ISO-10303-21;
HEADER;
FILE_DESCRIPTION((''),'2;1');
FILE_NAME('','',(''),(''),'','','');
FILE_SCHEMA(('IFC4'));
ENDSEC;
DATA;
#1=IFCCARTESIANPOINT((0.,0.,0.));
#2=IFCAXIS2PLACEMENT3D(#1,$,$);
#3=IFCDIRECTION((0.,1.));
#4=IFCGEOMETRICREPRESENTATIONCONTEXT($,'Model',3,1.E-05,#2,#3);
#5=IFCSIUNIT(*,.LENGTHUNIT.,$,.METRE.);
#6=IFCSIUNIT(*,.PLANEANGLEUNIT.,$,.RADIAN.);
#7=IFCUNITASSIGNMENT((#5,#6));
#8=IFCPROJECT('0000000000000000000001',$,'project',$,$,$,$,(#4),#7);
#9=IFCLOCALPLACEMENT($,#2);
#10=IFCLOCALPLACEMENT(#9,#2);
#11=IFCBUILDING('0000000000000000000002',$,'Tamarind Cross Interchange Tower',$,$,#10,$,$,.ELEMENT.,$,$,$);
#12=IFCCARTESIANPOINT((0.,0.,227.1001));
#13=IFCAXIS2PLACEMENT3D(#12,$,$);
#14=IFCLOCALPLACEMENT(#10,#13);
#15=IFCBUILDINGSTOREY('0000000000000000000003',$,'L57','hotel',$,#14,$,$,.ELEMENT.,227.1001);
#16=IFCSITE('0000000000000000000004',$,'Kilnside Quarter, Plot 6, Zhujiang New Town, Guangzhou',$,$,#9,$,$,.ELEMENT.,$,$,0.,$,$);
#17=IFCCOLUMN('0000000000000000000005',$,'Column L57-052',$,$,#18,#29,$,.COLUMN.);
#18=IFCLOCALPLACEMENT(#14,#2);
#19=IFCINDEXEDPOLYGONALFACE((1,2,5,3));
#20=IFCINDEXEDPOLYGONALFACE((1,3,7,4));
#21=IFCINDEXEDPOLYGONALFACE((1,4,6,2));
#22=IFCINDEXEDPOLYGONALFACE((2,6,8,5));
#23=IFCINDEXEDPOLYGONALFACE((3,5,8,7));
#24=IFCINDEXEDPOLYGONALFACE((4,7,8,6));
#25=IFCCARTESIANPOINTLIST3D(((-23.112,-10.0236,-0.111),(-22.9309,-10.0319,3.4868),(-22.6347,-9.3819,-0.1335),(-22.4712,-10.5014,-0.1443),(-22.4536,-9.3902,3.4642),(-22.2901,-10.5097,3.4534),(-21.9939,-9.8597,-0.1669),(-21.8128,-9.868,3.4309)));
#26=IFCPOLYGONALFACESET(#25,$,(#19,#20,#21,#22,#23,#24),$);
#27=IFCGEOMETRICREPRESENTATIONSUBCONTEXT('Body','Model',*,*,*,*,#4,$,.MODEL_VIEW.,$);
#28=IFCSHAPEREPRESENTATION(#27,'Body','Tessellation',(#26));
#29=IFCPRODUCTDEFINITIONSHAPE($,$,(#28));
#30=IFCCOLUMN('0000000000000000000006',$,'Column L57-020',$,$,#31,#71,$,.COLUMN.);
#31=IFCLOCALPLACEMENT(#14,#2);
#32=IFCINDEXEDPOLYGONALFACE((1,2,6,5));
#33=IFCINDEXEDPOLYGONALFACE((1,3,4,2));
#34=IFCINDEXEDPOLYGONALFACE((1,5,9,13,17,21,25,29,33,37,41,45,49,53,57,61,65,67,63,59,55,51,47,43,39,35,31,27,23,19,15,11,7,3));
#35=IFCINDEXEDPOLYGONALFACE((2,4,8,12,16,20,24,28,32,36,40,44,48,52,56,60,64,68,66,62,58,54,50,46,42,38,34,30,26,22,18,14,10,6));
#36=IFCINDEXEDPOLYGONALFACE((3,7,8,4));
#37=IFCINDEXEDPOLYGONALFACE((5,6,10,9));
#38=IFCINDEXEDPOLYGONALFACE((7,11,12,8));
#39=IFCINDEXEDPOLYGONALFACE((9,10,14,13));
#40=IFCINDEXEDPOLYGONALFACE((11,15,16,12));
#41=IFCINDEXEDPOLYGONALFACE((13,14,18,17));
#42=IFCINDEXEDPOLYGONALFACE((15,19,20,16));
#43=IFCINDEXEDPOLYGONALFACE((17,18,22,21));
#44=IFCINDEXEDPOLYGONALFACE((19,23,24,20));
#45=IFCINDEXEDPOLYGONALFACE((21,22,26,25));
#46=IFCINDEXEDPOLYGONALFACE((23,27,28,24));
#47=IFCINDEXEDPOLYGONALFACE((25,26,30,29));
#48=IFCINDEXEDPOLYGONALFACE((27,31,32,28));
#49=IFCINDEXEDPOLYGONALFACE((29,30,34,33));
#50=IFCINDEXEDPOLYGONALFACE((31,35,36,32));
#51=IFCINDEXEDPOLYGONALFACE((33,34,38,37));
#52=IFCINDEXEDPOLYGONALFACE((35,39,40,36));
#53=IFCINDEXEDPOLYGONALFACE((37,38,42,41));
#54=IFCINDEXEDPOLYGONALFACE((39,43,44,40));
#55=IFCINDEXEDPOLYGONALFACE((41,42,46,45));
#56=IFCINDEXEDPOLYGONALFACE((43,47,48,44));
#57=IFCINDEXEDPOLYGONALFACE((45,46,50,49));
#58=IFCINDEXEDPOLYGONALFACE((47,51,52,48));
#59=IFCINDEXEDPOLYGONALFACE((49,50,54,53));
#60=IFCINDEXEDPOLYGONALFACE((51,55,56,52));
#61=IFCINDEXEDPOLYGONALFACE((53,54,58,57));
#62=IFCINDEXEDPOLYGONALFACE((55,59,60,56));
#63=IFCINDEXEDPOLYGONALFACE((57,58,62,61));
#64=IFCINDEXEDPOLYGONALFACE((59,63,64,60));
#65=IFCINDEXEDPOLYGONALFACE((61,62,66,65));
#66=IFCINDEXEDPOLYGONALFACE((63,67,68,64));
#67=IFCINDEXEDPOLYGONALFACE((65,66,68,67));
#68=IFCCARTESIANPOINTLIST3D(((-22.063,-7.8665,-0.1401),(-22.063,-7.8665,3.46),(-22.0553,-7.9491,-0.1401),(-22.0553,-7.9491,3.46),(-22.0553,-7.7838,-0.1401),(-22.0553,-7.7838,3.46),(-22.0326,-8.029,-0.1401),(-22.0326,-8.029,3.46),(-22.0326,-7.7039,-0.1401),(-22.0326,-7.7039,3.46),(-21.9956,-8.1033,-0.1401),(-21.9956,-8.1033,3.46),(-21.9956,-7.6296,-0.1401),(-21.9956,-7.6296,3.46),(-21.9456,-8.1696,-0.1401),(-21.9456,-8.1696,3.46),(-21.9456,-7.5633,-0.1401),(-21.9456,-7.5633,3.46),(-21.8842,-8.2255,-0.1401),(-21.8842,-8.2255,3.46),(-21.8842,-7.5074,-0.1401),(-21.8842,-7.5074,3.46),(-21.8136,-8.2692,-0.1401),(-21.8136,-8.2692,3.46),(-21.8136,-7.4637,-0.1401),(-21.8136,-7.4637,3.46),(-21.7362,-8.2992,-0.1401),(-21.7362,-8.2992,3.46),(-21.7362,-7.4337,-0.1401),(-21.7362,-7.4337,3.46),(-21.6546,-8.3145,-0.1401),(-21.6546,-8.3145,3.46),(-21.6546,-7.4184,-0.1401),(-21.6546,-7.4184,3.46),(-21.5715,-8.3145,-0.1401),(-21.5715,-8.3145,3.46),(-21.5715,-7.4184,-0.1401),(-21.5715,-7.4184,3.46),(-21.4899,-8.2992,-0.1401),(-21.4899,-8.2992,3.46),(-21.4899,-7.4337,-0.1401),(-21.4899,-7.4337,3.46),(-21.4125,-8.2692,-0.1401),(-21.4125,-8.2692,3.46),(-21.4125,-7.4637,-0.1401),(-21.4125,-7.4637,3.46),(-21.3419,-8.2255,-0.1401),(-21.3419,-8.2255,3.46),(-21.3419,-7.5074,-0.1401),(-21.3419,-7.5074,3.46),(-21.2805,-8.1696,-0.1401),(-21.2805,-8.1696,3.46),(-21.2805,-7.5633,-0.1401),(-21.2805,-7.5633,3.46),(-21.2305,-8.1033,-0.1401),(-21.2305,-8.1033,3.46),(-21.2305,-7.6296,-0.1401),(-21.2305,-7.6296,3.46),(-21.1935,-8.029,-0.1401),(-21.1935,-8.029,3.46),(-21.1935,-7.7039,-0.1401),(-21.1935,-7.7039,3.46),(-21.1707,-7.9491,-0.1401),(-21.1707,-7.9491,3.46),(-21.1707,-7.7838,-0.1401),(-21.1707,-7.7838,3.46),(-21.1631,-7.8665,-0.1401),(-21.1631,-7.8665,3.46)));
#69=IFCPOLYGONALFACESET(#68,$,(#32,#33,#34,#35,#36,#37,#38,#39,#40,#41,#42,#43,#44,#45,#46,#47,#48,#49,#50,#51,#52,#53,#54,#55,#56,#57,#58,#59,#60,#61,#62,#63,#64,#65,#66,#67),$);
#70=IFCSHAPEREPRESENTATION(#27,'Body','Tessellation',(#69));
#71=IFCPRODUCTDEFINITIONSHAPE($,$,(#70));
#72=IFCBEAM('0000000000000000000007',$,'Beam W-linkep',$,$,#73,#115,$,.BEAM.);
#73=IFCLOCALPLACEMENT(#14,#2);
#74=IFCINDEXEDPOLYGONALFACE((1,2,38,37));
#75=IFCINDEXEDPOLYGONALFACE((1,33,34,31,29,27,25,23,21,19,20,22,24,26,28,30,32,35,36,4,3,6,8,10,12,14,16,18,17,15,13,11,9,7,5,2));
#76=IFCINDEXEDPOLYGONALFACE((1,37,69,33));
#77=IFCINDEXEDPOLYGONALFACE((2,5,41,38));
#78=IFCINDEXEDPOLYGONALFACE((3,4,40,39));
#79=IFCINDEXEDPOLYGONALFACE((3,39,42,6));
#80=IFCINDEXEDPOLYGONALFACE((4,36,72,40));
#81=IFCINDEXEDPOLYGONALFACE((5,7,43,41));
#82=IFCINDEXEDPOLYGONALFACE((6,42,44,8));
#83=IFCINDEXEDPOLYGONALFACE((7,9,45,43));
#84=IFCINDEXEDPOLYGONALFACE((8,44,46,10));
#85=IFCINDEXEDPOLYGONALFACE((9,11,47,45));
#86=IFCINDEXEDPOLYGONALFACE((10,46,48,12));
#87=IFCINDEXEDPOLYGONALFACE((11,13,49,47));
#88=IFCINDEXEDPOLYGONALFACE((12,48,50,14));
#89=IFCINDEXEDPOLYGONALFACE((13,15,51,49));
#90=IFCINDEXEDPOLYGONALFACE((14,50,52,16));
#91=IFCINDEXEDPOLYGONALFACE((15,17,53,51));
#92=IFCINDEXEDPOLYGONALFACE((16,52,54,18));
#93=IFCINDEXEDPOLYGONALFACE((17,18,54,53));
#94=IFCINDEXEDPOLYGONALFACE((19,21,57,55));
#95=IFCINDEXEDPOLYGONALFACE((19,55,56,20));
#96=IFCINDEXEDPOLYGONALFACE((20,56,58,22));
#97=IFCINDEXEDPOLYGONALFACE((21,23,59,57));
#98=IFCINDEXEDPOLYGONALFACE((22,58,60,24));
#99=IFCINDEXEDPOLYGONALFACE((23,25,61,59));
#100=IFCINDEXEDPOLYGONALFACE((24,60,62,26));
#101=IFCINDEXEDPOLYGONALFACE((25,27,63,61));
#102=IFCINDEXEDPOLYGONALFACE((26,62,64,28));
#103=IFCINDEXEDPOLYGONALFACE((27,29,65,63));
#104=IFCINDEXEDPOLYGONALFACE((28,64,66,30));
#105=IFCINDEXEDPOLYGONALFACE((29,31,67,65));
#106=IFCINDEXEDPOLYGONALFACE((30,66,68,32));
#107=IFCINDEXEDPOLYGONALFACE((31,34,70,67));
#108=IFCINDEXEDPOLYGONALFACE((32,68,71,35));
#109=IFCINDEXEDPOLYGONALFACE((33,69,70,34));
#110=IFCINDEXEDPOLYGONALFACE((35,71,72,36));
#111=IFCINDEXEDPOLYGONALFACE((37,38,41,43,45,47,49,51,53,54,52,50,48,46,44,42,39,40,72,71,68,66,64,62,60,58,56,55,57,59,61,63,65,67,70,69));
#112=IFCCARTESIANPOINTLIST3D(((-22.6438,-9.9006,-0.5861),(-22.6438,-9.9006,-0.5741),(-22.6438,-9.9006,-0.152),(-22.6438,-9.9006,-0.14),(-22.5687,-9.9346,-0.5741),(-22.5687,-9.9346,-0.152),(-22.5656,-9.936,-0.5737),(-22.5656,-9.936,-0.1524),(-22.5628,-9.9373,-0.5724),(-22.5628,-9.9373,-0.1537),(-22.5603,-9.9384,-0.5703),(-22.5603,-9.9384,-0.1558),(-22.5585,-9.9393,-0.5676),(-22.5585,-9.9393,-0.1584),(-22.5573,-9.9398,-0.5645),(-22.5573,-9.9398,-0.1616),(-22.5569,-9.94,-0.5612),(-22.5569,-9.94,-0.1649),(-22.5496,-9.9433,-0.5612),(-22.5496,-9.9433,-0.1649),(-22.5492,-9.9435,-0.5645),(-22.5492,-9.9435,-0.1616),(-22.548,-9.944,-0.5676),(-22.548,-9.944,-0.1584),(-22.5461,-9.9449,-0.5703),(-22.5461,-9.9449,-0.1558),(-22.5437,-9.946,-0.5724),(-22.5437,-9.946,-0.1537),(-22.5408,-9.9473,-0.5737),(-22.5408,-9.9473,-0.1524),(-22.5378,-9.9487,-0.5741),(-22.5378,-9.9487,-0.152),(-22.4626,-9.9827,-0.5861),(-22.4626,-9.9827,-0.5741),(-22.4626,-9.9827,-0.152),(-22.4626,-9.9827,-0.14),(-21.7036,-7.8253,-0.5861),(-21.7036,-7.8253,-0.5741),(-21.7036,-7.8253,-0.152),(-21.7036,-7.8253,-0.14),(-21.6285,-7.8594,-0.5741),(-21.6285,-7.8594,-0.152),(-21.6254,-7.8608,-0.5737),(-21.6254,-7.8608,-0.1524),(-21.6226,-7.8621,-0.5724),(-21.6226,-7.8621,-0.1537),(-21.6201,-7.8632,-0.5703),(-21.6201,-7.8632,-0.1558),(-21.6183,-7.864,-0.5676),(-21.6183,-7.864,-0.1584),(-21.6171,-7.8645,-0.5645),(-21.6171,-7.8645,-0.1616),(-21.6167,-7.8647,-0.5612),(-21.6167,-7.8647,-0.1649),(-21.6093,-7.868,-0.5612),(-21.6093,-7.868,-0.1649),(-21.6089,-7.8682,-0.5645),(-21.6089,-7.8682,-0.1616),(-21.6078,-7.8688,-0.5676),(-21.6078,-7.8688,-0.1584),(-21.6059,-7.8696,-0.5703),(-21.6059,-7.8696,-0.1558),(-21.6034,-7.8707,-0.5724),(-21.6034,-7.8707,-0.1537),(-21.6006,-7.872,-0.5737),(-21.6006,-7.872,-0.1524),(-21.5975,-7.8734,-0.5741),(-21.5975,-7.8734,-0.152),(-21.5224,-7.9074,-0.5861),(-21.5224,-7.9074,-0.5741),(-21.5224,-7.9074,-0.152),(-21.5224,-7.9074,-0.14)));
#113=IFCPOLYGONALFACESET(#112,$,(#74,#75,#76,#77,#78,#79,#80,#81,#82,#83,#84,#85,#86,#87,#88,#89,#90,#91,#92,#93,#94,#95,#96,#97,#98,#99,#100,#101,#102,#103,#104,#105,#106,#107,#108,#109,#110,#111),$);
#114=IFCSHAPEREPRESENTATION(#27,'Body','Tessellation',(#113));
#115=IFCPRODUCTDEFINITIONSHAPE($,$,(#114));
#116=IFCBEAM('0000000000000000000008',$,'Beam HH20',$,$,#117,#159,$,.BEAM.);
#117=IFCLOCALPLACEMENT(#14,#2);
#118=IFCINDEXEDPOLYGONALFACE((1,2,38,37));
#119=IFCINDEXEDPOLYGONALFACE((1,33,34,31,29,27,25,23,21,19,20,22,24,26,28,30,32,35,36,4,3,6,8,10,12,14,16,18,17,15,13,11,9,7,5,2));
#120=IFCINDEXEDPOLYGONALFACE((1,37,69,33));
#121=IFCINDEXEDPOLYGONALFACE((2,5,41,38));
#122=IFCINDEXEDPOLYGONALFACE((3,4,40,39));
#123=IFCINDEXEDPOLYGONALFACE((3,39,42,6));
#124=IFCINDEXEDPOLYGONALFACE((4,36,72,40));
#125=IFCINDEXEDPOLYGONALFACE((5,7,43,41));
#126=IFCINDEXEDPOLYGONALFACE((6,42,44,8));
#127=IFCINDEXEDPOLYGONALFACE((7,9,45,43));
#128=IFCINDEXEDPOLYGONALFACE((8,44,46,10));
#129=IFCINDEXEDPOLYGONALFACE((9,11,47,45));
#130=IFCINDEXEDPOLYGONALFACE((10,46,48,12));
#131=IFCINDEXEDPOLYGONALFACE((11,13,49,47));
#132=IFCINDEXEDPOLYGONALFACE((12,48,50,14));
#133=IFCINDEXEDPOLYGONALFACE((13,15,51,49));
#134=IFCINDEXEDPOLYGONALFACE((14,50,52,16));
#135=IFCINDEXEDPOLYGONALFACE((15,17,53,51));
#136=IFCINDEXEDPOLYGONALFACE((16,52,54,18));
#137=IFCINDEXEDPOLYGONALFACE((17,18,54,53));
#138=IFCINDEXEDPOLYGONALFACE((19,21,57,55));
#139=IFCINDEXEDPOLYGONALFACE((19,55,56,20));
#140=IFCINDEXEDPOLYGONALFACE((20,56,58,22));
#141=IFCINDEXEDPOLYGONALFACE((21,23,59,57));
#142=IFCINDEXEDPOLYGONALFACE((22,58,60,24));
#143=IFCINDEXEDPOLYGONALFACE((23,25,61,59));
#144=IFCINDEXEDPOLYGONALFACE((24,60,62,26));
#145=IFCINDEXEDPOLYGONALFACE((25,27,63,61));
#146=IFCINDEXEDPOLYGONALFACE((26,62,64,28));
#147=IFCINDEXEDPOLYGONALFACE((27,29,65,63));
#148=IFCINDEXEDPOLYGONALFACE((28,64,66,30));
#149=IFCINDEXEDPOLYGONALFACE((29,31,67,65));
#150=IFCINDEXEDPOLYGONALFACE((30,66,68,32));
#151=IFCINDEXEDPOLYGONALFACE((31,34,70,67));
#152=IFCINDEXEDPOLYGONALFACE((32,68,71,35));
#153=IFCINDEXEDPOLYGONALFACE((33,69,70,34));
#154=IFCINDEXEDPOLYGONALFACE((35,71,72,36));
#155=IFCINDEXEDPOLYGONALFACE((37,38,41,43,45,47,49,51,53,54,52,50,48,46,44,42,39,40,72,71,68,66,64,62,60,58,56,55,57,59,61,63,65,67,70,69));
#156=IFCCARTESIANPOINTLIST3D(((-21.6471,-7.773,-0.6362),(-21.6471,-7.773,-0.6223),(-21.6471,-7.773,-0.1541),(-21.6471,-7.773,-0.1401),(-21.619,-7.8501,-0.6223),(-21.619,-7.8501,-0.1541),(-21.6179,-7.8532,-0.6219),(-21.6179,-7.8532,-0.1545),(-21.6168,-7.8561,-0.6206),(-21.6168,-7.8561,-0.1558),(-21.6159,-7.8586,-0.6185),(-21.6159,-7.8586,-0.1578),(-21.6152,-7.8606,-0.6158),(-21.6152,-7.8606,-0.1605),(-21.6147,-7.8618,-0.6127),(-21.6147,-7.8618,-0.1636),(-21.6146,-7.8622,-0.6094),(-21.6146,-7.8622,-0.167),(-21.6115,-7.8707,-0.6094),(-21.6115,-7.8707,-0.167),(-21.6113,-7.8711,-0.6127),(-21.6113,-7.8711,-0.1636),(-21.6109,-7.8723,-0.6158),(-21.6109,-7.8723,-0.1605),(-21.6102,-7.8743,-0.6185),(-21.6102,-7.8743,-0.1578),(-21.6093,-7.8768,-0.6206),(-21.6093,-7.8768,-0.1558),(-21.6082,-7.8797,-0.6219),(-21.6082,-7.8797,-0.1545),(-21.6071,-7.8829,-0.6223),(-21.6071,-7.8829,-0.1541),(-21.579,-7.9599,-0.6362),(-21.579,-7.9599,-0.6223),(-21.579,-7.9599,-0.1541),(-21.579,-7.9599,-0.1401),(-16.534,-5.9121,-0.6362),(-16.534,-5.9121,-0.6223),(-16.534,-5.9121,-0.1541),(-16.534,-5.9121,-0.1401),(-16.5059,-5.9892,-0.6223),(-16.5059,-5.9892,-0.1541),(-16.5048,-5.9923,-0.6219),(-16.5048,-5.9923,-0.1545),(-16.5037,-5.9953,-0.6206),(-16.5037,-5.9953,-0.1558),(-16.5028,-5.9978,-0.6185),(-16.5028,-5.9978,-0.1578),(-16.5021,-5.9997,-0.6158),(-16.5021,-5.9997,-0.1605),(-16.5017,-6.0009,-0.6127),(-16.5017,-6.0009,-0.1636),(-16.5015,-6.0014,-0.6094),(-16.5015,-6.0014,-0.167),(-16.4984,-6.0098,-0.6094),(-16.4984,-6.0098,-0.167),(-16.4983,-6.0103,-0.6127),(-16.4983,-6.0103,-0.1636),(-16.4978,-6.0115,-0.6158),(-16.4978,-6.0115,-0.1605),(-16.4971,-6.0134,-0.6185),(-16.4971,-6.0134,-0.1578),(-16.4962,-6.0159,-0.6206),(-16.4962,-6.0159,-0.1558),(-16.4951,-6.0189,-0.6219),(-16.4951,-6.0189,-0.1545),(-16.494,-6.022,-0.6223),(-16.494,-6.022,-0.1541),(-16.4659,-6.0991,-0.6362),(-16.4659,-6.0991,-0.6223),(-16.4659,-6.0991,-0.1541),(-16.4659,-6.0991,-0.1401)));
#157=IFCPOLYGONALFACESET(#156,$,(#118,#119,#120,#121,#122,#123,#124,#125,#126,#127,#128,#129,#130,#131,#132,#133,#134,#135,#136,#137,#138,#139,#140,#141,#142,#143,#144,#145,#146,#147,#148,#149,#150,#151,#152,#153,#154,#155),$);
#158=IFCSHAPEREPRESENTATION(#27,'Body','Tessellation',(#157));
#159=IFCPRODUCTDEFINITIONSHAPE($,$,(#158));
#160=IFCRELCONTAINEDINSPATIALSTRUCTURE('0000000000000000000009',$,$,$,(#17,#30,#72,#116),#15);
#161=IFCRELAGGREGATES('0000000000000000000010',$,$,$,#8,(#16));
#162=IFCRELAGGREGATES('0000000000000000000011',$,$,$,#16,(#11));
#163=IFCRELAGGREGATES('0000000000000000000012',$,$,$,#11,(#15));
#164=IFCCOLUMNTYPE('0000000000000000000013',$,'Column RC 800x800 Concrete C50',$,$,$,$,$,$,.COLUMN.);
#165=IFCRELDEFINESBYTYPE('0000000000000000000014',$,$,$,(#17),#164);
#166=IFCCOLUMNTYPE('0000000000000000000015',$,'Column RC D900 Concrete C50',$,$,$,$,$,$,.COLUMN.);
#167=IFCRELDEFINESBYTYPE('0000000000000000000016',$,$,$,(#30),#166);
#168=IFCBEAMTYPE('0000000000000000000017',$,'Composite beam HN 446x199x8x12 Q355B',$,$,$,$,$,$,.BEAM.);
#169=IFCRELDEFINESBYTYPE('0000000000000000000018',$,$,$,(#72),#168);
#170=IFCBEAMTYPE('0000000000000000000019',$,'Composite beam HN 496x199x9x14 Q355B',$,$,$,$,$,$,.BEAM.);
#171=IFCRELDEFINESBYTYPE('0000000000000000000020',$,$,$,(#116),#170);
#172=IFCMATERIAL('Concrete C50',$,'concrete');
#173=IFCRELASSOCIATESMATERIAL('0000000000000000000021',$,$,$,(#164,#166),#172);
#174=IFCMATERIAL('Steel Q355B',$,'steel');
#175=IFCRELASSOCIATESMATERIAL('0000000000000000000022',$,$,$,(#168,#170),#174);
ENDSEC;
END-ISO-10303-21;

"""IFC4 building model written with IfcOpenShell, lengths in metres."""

from ifc_helpers import new_model, si_unit, direction, frame, origin, origin_2d, place, context, subcontext, project, spatial, rectangle, circle, i_section, extrude, material, material_profile, profile_set, type_object, element, save


model = new_model("IFC4")

# Units and contexts
model_context = context("Model", 3, precision=1e-05, world=origin(), true_north=direction((0.0, 1.0)))
body_context = subcontext(model_context, "Body", "Model", "MODEL_VIEW")
ifc_project = project(units=[si_unit("LENGTHUNIT", "METRE"), si_unit("PLANEANGLEUNIT", "RADIAN")], contexts=[model_context])

# Site, building, storey
site_placement = place(None, origin())
site = spatial("IfcSite", under=ifc_project, at=site_placement, Name="Kilnside Quarter, Plot 6, Zhujiang New Town, Guangzhou", CompositionType="ELEMENT", RefElevation=0.0)
building_placement = place(site_placement, origin())
building = spatial("IfcBuilding", under=site, at=building_placement, Name="Tamarind Cross Interchange Tower", CompositionType="ELEMENT")
storey_placement = place(building_placement, frame((0.0, 0.0, 227.1001)))
storey = spatial("IfcBuildingStorey", under=building, at=storey_placement, Name="L57", Description="hotel", CompositionType="ELEMENT", Elevation=227.1001)

# Columns
ifc_material_1 = material(Name="Concrete C50", Category="concrete")
ifc_material_profile_1 = material_profile(ifc_material_1, rectangle(XDim=0.8, YDim=0.8, at=origin_2d()), Name="RC 800x800")
ifc_profile_set_1 = profile_set([ifc_material_profile_1], Name="Concrete C50")
column_type_1 = type_object("IfcColumnType", Name="Column RC 800x800 Concrete C50", PredefinedType="COLUMN", material=ifc_profile_set_1)
column_1_placement = place(storey_placement, frame((-22.553, -9.9417, -0.1389), z_axis=(0.050289, -0.002304, 0.998732), x_axis=(-0.800972, 0.597247, 0.041709)))
element("IfcColumn", 1, at=column_1_placement, inside=storey, type_object=column_type_1, Name="Column L57-052", PredefinedType="COLUMN", context=body_context, shape_type="SweptSolid", body=[
    extrude(rectangle(XDim=0.8, YDim=0.8, at=origin_2d()), origin(), (0.0, 0.0, 1.0), 3.6023),
])
ifc_material_profile_2 = material_profile(ifc_material_1, circle(Radius=0.45, at=origin_2d()), Name="RC D900")
ifc_profile_set_2 = profile_set([ifc_material_profile_2], Name="Concrete C50")
column_type_2 = type_object("IfcColumnType", Name="Column RC D900 Concrete C50", PredefinedType="COLUMN", material=ifc_profile_set_2)
column_2_placement = place(storey_placement, frame((-21.613, -7.8665, -0.1401), z_axis=(0.0, 0.0, 1.0), x_axis=(1.0, 0.0, 0.0)))
element("IfcColumn", 2, at=column_2_placement, inside=storey, type_object=column_type_2, Name="Column L57-020", PredefinedType="COLUMN", context=body_context, shape_type="SweptSolid", body=[
    extrude(circle(Radius=0.45, at=origin_2d()), origin(), (0.0, 0.0, 1.0), 3.6001),
])

# Beams
ifc_material_2 = material(Name="Steel Q355B", Category="steel")
ifc_material_profile_3 = material_profile(ifc_material_2, i_section(OverallWidth=0.199, OverallDepth=0.446, WebThickness=0.0081, FlangeThickness=0.012, FilletRadius=0.0129, at=origin_2d()), Name="HN 446x199x8x12")
ifc_profile_set_3 = profile_set([ifc_material_profile_3], Name="Steel Q355B")
beam_type_1 = type_object("IfcBeamType", Name="Composite beam HN 446x199x8x12 Q355B", PredefinedType="BEAM", material=ifc_profile_set_3)
beam_1_placement = place(storey_placement, frame((-22.5532, -9.9417, -0.363), z_axis=(0.41268, 0.910876, 0.0), x_axis=(-0.910876, 0.41268, 0.0)))
element("IfcBeam", 3, at=beam_1_placement, inside=storey, type_object=beam_type_1, Name="Beam W-linkep", PredefinedType="BEAM", context=body_context, shape_type="SweptSolid", body=[
    extrude(i_section(OverallWidth=0.199, OverallDepth=0.446, WebThickness=0.0081, FlangeThickness=0.012, FilletRadius=0.0129, at=origin_2d()), origin(), (0.0, 0.0, 1.0), 2.2783),
])
ifc_material_profile_4 = material_profile(ifc_material_2, i_section(OverallWidth=0.199, OverallDepth=0.4961, WebThickness=0.009, FlangeThickness=0.0139, FilletRadius=0.0129, at=origin_2d()), Name="HN 496x199x9x14")
ifc_profile_set_4 = profile_set([ifc_material_profile_4], Name="Steel Q355B")
beam_type_2 = type_object("IfcBeamType", Name="Composite beam HN 496x199x9x14 Q355B", PredefinedType="BEAM", material=ifc_profile_set_4)
beam_2_placement = place(storey_placement, frame((-21.613, -7.8665, -0.3882), z_axis=(0.939702, 0.341995, 0.0), x_axis=(-0.341995, 0.939702, 0.0)))
element("IfcBeam", 4, at=beam_2_placement, inside=storey, type_object=beam_type_2, Name="Beam HH20", PredefinedType="BEAM", context=body_context, shape_type="SweptSolid", body=[
    extrude(i_section(OverallWidth=0.199, OverallDepth=0.4961, WebThickness=0.009, FlangeThickness=0.0139, FilletRadius=0.0129, at=origin_2d()), origin(), (0.0, 0.0, 1.0), 5.4412),
])

save(model, "model.ifc")
